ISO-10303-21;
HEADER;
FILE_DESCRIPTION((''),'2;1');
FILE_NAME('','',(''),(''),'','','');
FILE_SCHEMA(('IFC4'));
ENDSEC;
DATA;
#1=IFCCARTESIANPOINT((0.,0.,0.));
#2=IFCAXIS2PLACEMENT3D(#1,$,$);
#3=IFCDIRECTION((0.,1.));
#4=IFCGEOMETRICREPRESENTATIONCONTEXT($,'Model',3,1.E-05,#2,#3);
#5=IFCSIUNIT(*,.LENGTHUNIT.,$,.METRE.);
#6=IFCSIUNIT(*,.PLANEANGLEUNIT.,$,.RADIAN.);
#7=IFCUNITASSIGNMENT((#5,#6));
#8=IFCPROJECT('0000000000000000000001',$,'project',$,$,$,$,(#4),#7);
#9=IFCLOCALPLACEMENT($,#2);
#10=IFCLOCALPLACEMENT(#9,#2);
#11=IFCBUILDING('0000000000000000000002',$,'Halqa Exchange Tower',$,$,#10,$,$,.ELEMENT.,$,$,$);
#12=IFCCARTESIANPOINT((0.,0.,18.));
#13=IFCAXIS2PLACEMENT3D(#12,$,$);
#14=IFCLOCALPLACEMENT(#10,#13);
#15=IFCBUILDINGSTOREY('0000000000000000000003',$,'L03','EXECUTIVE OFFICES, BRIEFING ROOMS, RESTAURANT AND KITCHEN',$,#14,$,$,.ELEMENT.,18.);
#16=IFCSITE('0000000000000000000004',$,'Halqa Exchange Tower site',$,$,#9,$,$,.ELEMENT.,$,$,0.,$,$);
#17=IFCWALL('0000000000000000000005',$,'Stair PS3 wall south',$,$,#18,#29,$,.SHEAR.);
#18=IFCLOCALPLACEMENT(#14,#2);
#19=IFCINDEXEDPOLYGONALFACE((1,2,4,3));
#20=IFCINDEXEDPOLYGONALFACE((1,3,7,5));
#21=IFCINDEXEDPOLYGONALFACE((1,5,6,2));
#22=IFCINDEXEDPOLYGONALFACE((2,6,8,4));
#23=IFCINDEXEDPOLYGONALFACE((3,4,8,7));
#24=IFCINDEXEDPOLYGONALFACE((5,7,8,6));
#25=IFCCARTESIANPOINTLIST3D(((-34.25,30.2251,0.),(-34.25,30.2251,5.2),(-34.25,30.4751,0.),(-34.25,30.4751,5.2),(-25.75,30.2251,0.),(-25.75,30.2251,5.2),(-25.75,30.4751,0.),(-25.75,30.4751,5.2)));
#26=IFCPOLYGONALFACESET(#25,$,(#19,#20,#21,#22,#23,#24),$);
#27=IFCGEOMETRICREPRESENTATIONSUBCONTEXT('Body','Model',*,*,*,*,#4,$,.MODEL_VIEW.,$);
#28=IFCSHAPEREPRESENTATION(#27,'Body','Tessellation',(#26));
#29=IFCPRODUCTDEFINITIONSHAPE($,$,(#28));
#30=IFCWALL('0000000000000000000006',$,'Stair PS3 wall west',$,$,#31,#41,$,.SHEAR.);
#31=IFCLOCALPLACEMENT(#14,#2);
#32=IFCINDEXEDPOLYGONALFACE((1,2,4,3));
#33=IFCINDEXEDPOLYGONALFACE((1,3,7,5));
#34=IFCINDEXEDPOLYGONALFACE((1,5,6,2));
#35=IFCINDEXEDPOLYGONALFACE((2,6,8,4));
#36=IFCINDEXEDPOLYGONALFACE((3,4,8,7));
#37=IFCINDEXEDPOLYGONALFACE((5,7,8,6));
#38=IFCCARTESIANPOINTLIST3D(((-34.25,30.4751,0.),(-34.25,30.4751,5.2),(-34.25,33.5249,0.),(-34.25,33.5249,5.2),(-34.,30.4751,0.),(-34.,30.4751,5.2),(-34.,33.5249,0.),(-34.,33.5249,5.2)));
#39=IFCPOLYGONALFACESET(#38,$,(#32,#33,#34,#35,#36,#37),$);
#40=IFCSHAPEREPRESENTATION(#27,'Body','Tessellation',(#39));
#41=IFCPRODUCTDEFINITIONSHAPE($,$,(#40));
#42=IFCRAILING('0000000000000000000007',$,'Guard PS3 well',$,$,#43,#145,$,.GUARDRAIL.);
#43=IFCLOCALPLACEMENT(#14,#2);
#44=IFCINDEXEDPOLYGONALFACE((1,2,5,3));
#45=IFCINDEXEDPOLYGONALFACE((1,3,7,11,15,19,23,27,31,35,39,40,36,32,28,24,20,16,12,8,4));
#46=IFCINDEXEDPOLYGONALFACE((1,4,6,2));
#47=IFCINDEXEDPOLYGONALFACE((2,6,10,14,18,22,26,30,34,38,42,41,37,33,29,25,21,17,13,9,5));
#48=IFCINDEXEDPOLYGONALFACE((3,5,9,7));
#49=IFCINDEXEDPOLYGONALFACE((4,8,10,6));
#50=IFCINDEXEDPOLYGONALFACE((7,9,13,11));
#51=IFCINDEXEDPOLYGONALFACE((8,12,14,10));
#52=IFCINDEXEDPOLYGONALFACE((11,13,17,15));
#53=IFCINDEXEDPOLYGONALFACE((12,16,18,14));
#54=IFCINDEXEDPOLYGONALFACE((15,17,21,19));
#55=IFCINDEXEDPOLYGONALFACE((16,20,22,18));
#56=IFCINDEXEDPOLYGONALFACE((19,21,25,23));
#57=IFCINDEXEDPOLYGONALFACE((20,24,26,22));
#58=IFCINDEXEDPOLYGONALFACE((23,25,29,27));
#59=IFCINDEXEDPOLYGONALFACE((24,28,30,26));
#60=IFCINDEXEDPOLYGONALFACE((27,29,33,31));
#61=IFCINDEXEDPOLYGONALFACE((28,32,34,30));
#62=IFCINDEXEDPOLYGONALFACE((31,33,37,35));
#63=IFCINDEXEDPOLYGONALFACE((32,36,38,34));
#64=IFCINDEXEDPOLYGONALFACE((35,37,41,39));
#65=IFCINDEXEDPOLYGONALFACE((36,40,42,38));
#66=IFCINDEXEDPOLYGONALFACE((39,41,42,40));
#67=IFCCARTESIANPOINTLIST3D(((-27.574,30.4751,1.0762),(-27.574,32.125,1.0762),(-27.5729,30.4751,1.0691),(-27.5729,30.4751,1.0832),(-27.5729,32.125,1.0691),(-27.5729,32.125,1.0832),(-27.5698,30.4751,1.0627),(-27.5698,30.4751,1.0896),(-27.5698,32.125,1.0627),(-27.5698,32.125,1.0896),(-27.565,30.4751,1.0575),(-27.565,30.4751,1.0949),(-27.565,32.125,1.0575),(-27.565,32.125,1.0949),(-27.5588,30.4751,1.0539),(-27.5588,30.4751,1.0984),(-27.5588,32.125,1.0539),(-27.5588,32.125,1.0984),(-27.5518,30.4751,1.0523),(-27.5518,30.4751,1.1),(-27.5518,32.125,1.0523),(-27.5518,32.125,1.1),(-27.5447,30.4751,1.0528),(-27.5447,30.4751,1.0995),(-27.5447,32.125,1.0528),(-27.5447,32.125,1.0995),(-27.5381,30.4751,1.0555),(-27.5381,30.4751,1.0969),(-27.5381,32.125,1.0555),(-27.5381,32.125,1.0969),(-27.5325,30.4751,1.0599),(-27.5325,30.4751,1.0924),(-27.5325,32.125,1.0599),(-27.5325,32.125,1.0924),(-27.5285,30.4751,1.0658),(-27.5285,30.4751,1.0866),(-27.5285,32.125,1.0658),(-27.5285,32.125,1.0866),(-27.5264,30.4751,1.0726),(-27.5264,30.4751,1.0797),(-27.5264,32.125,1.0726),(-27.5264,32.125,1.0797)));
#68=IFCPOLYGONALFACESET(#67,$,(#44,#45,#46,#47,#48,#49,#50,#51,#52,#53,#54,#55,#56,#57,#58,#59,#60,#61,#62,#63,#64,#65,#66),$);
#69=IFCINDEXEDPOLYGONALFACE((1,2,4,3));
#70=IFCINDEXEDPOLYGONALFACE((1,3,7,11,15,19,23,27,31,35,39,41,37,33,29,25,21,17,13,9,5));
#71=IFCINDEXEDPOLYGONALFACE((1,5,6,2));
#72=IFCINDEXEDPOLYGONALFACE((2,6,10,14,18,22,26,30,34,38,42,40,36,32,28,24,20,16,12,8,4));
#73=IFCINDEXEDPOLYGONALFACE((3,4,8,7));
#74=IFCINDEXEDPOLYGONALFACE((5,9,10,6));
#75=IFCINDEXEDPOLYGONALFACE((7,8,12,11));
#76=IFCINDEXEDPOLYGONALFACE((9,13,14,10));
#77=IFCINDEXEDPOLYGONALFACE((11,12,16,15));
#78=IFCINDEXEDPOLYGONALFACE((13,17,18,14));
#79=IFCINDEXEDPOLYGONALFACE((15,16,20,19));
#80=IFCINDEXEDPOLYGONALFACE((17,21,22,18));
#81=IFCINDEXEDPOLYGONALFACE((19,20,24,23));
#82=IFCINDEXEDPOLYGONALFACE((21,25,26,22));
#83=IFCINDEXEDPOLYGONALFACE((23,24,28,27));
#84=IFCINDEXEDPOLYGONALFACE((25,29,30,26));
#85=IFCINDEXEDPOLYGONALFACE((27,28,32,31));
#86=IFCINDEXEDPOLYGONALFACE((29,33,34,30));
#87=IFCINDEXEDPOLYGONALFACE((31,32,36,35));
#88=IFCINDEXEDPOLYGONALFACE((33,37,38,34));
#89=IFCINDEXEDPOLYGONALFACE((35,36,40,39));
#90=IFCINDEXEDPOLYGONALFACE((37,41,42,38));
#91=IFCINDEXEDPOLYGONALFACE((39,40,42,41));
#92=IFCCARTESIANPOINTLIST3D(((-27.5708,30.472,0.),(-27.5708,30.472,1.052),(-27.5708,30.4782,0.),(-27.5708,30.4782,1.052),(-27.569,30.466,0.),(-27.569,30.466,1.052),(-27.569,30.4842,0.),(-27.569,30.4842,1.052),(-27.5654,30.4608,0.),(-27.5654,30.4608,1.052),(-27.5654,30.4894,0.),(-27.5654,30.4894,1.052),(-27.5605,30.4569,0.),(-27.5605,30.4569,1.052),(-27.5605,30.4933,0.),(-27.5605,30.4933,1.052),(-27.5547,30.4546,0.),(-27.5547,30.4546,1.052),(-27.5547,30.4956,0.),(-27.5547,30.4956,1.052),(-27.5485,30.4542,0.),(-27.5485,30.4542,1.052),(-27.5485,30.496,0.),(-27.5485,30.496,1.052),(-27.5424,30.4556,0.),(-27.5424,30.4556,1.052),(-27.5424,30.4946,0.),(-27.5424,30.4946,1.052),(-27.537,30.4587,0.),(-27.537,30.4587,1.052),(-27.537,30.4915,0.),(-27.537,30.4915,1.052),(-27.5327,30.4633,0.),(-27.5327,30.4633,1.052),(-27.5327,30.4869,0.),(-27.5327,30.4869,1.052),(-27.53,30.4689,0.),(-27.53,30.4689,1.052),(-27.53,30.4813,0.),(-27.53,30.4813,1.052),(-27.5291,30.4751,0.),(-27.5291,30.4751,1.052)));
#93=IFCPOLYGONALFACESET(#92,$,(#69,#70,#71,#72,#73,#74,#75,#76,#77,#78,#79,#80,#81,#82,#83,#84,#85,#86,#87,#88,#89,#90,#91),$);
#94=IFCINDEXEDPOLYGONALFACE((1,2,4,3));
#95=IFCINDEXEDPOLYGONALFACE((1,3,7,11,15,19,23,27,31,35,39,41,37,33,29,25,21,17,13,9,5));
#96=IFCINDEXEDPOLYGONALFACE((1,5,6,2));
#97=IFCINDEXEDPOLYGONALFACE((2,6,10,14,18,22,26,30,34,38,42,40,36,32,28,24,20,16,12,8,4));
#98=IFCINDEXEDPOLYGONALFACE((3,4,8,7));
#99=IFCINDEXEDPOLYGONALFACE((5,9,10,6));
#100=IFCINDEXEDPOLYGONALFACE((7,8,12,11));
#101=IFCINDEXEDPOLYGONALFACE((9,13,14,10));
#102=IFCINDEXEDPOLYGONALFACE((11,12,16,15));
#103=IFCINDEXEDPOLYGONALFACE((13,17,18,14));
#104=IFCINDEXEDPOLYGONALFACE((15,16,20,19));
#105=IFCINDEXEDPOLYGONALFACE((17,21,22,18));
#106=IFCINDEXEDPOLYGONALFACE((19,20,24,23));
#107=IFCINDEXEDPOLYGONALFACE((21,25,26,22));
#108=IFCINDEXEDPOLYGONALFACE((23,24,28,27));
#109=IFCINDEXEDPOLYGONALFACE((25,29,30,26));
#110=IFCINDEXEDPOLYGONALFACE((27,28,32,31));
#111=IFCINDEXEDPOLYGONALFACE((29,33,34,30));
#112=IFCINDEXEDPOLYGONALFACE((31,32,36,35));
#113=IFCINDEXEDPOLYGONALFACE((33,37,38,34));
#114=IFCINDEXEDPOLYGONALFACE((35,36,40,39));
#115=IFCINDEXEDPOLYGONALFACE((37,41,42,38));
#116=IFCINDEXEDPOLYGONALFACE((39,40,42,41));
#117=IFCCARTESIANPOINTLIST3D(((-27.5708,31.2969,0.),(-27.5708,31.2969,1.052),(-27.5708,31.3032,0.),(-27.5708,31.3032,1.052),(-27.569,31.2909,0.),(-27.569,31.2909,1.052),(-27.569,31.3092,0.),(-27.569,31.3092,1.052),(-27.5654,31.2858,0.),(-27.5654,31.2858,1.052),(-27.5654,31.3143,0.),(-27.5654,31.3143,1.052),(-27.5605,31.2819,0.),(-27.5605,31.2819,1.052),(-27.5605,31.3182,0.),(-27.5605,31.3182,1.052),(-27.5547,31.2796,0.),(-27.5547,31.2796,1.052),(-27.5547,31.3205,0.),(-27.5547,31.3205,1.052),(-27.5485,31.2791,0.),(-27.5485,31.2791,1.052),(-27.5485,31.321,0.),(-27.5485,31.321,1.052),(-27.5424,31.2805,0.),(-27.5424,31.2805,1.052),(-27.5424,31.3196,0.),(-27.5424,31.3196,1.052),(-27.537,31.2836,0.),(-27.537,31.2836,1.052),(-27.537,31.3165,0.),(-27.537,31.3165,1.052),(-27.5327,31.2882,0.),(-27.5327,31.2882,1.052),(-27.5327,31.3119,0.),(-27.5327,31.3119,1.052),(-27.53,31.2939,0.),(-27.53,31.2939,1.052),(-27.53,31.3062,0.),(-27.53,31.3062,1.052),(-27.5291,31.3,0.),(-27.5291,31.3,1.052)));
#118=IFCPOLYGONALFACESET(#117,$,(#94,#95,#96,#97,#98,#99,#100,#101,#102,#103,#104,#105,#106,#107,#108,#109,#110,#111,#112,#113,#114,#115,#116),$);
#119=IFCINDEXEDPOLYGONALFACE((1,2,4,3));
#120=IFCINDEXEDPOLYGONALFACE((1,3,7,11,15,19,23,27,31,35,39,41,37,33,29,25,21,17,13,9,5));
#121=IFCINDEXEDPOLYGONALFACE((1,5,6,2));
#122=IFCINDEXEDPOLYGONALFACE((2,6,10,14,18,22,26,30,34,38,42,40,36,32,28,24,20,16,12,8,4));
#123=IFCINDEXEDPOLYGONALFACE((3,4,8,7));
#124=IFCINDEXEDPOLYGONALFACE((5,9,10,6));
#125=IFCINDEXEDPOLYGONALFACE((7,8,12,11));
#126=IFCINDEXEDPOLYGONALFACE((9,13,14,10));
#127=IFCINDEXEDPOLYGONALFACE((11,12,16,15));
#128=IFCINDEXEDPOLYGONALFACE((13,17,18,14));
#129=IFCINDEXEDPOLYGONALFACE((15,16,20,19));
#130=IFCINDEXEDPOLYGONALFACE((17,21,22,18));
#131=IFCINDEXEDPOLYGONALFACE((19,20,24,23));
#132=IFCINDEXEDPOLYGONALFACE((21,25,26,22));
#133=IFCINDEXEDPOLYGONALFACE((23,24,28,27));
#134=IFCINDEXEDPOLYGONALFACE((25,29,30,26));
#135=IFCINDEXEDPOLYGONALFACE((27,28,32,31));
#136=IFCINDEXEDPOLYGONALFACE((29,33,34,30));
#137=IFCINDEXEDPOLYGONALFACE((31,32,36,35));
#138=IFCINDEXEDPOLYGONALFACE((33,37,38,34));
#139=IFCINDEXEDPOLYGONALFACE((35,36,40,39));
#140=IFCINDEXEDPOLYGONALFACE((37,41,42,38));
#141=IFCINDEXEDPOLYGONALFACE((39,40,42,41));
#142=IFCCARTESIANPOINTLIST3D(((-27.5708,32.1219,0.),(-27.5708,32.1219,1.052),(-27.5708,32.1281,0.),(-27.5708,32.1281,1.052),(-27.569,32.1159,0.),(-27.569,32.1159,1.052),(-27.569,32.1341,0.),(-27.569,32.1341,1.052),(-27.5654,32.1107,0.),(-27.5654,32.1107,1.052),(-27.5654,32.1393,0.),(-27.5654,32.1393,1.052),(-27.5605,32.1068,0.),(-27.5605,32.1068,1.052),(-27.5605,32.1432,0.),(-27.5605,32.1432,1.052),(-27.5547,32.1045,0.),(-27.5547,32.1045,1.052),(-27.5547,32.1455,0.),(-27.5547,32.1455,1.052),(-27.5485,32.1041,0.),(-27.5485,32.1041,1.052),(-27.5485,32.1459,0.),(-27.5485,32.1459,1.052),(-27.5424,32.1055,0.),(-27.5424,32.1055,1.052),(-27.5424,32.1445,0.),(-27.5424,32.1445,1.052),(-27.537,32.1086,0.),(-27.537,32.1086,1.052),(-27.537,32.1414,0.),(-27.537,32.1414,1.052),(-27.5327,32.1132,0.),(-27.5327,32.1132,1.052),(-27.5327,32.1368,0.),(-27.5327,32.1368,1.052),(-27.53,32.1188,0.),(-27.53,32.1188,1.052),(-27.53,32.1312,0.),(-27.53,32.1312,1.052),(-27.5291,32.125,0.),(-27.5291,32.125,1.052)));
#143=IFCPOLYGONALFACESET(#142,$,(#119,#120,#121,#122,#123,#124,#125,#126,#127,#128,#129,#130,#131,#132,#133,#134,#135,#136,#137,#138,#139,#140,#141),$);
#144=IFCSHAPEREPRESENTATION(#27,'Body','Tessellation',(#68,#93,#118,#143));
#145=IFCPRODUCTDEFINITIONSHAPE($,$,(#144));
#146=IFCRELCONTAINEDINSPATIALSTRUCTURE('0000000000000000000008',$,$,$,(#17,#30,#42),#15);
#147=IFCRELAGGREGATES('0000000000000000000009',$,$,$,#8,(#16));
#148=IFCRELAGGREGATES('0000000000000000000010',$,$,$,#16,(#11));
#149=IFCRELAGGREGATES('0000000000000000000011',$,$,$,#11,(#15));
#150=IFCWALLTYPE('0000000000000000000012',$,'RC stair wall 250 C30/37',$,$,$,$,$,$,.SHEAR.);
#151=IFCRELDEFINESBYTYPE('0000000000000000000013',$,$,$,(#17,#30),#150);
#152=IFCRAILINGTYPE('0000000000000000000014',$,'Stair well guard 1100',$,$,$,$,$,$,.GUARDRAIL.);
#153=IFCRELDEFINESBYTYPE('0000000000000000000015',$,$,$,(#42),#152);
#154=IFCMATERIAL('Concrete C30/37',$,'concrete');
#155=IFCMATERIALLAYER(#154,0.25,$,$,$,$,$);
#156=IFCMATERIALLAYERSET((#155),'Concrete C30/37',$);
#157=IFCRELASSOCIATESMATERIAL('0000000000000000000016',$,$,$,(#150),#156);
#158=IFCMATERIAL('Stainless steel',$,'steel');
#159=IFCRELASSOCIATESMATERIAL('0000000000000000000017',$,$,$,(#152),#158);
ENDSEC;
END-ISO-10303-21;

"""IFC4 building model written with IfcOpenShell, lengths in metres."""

from ifc_helpers import new_model, si_unit, direction, frame, frame_2d, origin, origin_2d, place, context, subcontext, project, spatial, rectangle, circle, extrude, material, layer, layer_set, type_object, element, save


model = new_model("IFC4")

# Units and contexts
model_context = context("Model", 3, precision=1e-05, world=origin(), true_north=direction((0.0, 1.0)))
body_context = subcontext(model_context, "Body", "Model", "MODEL_VIEW")
ifc_project = project(units=[si_unit("LENGTHUNIT", "METRE"), si_unit("PLANEANGLEUNIT", "RADIAN")], contexts=[model_context])

# Site, building, storey
site_placement = place(None, origin())
site = spatial("IfcSite", under=ifc_project, at=site_placement, Name="Halqa Exchange Tower site", CompositionType="ELEMENT", RefElevation=0.0)
building_placement = place(site_placement, origin())
building = spatial("IfcBuilding", under=site, at=building_placement, Name="Halqa Exchange Tower", CompositionType="ELEMENT")
storey_placement = place(building_placement, frame((0.0, 0.0, 18.0)))
storey = spatial("IfcBuildingStorey", under=building, at=storey_placement, Name="L03", Description="EXECUTIVE OFFICES, BRIEFING ROOMS, RESTAURANT AND KITCHEN", CompositionType="ELEMENT", Elevation=18.0)

# Walls
ifc_material_1 = material(Name="Concrete C30/37", Category="concrete")
ifc_layer_1 = layer(ifc_material_1, 0.25)
ifc_layer_set_1 = layer_set([ifc_layer_1], Name="Concrete C30/37")
wall_type_1 = type_object("IfcWallType", Name="RC stair wall 250 C30/37", PredefinedType="SHEAR", material=ifc_layer_set_1)
for number, where, z_axis, x_axis, name in (
    (1, (-34.25, 30.3501, 0.0), (0.0, 0.0, 1.0), (1.0, 0.0, 0.0), "Stair PS3 wall south"),
):
    element("IfcWall", number, at=place(storey_placement, frame(where, z_axis=z_axis, x_axis=x_axis)), inside=storey, type_object=wall_type_1, Name=name, PredefinedType="SHEAR", context=body_context, shape_type="SweptSolid", body=[
        extrude(rectangle(XDim=8.5, YDim=0.25, at=frame_2d((4.25, 0.0))), origin(), (0.0, 0.0, 1.0), 5.2),
    ])
wall_1_placement = place(storey_placement, frame((-34.125, 30.4751, 0.0), z_axis=(0.0, 0.0, 1.0), x_axis=(0.0, 1.0, 0.0)))
element("IfcWall", 2, at=wall_1_placement, inside=storey, type_object=wall_type_1, Name="Stair PS3 wall west", PredefinedType="SHEAR", context=body_context, shape_type="SweptSolid", body=[
    extrude(rectangle(XDim=3.0498, YDim=0.25, at=frame_2d((1.5249, 0.0))), origin(), (0.0, 0.0, 1.0), 5.2),
])

# Railing
ifc_material_2 = material(Name="Stainless steel", Category="steel")
railing_type = type_object("IfcRailingType", Name="Stair well guard 1100", PredefinedType="GUARDRAIL", material=ifc_material_2)
railing_placement = place(storey_placement, frame((-27.55, 30.4751, 0.0)))
element("IfcRailing", 3, at=railing_placement, inside=storey, type_object=railing_type, Name="Guard PS3 well", PredefinedType="GUARDRAIL", context=body_context, shape_type="SweptSolid", body=[
    extrude(circle(Radius=0.0239, at=origin_2d()), frame((0.0, 0.0, 1.0762), z_axis=(0.0, 1.0, 0.0), x_axis=(-1.0, 0.0, 0.0)), (0.0, 0.0, 1.0), 1.6499),
    extrude(circle(Radius=0.021, at=origin_2d()), origin(), (0.0, 0.0, 1.0), 1.052),
    extrude(circle(Radius=0.021, at=origin_2d()), frame((0.0, 0.825, 0.0)), (0.0, 0.0, 1.0), 1.052),
    extrude(circle(Radius=0.021, at=origin_2d()), frame((0.0, 1.6499, 0.0)), (0.0, 0.0, 1.0), 1.052),
])

save(model, "model.ifc")
